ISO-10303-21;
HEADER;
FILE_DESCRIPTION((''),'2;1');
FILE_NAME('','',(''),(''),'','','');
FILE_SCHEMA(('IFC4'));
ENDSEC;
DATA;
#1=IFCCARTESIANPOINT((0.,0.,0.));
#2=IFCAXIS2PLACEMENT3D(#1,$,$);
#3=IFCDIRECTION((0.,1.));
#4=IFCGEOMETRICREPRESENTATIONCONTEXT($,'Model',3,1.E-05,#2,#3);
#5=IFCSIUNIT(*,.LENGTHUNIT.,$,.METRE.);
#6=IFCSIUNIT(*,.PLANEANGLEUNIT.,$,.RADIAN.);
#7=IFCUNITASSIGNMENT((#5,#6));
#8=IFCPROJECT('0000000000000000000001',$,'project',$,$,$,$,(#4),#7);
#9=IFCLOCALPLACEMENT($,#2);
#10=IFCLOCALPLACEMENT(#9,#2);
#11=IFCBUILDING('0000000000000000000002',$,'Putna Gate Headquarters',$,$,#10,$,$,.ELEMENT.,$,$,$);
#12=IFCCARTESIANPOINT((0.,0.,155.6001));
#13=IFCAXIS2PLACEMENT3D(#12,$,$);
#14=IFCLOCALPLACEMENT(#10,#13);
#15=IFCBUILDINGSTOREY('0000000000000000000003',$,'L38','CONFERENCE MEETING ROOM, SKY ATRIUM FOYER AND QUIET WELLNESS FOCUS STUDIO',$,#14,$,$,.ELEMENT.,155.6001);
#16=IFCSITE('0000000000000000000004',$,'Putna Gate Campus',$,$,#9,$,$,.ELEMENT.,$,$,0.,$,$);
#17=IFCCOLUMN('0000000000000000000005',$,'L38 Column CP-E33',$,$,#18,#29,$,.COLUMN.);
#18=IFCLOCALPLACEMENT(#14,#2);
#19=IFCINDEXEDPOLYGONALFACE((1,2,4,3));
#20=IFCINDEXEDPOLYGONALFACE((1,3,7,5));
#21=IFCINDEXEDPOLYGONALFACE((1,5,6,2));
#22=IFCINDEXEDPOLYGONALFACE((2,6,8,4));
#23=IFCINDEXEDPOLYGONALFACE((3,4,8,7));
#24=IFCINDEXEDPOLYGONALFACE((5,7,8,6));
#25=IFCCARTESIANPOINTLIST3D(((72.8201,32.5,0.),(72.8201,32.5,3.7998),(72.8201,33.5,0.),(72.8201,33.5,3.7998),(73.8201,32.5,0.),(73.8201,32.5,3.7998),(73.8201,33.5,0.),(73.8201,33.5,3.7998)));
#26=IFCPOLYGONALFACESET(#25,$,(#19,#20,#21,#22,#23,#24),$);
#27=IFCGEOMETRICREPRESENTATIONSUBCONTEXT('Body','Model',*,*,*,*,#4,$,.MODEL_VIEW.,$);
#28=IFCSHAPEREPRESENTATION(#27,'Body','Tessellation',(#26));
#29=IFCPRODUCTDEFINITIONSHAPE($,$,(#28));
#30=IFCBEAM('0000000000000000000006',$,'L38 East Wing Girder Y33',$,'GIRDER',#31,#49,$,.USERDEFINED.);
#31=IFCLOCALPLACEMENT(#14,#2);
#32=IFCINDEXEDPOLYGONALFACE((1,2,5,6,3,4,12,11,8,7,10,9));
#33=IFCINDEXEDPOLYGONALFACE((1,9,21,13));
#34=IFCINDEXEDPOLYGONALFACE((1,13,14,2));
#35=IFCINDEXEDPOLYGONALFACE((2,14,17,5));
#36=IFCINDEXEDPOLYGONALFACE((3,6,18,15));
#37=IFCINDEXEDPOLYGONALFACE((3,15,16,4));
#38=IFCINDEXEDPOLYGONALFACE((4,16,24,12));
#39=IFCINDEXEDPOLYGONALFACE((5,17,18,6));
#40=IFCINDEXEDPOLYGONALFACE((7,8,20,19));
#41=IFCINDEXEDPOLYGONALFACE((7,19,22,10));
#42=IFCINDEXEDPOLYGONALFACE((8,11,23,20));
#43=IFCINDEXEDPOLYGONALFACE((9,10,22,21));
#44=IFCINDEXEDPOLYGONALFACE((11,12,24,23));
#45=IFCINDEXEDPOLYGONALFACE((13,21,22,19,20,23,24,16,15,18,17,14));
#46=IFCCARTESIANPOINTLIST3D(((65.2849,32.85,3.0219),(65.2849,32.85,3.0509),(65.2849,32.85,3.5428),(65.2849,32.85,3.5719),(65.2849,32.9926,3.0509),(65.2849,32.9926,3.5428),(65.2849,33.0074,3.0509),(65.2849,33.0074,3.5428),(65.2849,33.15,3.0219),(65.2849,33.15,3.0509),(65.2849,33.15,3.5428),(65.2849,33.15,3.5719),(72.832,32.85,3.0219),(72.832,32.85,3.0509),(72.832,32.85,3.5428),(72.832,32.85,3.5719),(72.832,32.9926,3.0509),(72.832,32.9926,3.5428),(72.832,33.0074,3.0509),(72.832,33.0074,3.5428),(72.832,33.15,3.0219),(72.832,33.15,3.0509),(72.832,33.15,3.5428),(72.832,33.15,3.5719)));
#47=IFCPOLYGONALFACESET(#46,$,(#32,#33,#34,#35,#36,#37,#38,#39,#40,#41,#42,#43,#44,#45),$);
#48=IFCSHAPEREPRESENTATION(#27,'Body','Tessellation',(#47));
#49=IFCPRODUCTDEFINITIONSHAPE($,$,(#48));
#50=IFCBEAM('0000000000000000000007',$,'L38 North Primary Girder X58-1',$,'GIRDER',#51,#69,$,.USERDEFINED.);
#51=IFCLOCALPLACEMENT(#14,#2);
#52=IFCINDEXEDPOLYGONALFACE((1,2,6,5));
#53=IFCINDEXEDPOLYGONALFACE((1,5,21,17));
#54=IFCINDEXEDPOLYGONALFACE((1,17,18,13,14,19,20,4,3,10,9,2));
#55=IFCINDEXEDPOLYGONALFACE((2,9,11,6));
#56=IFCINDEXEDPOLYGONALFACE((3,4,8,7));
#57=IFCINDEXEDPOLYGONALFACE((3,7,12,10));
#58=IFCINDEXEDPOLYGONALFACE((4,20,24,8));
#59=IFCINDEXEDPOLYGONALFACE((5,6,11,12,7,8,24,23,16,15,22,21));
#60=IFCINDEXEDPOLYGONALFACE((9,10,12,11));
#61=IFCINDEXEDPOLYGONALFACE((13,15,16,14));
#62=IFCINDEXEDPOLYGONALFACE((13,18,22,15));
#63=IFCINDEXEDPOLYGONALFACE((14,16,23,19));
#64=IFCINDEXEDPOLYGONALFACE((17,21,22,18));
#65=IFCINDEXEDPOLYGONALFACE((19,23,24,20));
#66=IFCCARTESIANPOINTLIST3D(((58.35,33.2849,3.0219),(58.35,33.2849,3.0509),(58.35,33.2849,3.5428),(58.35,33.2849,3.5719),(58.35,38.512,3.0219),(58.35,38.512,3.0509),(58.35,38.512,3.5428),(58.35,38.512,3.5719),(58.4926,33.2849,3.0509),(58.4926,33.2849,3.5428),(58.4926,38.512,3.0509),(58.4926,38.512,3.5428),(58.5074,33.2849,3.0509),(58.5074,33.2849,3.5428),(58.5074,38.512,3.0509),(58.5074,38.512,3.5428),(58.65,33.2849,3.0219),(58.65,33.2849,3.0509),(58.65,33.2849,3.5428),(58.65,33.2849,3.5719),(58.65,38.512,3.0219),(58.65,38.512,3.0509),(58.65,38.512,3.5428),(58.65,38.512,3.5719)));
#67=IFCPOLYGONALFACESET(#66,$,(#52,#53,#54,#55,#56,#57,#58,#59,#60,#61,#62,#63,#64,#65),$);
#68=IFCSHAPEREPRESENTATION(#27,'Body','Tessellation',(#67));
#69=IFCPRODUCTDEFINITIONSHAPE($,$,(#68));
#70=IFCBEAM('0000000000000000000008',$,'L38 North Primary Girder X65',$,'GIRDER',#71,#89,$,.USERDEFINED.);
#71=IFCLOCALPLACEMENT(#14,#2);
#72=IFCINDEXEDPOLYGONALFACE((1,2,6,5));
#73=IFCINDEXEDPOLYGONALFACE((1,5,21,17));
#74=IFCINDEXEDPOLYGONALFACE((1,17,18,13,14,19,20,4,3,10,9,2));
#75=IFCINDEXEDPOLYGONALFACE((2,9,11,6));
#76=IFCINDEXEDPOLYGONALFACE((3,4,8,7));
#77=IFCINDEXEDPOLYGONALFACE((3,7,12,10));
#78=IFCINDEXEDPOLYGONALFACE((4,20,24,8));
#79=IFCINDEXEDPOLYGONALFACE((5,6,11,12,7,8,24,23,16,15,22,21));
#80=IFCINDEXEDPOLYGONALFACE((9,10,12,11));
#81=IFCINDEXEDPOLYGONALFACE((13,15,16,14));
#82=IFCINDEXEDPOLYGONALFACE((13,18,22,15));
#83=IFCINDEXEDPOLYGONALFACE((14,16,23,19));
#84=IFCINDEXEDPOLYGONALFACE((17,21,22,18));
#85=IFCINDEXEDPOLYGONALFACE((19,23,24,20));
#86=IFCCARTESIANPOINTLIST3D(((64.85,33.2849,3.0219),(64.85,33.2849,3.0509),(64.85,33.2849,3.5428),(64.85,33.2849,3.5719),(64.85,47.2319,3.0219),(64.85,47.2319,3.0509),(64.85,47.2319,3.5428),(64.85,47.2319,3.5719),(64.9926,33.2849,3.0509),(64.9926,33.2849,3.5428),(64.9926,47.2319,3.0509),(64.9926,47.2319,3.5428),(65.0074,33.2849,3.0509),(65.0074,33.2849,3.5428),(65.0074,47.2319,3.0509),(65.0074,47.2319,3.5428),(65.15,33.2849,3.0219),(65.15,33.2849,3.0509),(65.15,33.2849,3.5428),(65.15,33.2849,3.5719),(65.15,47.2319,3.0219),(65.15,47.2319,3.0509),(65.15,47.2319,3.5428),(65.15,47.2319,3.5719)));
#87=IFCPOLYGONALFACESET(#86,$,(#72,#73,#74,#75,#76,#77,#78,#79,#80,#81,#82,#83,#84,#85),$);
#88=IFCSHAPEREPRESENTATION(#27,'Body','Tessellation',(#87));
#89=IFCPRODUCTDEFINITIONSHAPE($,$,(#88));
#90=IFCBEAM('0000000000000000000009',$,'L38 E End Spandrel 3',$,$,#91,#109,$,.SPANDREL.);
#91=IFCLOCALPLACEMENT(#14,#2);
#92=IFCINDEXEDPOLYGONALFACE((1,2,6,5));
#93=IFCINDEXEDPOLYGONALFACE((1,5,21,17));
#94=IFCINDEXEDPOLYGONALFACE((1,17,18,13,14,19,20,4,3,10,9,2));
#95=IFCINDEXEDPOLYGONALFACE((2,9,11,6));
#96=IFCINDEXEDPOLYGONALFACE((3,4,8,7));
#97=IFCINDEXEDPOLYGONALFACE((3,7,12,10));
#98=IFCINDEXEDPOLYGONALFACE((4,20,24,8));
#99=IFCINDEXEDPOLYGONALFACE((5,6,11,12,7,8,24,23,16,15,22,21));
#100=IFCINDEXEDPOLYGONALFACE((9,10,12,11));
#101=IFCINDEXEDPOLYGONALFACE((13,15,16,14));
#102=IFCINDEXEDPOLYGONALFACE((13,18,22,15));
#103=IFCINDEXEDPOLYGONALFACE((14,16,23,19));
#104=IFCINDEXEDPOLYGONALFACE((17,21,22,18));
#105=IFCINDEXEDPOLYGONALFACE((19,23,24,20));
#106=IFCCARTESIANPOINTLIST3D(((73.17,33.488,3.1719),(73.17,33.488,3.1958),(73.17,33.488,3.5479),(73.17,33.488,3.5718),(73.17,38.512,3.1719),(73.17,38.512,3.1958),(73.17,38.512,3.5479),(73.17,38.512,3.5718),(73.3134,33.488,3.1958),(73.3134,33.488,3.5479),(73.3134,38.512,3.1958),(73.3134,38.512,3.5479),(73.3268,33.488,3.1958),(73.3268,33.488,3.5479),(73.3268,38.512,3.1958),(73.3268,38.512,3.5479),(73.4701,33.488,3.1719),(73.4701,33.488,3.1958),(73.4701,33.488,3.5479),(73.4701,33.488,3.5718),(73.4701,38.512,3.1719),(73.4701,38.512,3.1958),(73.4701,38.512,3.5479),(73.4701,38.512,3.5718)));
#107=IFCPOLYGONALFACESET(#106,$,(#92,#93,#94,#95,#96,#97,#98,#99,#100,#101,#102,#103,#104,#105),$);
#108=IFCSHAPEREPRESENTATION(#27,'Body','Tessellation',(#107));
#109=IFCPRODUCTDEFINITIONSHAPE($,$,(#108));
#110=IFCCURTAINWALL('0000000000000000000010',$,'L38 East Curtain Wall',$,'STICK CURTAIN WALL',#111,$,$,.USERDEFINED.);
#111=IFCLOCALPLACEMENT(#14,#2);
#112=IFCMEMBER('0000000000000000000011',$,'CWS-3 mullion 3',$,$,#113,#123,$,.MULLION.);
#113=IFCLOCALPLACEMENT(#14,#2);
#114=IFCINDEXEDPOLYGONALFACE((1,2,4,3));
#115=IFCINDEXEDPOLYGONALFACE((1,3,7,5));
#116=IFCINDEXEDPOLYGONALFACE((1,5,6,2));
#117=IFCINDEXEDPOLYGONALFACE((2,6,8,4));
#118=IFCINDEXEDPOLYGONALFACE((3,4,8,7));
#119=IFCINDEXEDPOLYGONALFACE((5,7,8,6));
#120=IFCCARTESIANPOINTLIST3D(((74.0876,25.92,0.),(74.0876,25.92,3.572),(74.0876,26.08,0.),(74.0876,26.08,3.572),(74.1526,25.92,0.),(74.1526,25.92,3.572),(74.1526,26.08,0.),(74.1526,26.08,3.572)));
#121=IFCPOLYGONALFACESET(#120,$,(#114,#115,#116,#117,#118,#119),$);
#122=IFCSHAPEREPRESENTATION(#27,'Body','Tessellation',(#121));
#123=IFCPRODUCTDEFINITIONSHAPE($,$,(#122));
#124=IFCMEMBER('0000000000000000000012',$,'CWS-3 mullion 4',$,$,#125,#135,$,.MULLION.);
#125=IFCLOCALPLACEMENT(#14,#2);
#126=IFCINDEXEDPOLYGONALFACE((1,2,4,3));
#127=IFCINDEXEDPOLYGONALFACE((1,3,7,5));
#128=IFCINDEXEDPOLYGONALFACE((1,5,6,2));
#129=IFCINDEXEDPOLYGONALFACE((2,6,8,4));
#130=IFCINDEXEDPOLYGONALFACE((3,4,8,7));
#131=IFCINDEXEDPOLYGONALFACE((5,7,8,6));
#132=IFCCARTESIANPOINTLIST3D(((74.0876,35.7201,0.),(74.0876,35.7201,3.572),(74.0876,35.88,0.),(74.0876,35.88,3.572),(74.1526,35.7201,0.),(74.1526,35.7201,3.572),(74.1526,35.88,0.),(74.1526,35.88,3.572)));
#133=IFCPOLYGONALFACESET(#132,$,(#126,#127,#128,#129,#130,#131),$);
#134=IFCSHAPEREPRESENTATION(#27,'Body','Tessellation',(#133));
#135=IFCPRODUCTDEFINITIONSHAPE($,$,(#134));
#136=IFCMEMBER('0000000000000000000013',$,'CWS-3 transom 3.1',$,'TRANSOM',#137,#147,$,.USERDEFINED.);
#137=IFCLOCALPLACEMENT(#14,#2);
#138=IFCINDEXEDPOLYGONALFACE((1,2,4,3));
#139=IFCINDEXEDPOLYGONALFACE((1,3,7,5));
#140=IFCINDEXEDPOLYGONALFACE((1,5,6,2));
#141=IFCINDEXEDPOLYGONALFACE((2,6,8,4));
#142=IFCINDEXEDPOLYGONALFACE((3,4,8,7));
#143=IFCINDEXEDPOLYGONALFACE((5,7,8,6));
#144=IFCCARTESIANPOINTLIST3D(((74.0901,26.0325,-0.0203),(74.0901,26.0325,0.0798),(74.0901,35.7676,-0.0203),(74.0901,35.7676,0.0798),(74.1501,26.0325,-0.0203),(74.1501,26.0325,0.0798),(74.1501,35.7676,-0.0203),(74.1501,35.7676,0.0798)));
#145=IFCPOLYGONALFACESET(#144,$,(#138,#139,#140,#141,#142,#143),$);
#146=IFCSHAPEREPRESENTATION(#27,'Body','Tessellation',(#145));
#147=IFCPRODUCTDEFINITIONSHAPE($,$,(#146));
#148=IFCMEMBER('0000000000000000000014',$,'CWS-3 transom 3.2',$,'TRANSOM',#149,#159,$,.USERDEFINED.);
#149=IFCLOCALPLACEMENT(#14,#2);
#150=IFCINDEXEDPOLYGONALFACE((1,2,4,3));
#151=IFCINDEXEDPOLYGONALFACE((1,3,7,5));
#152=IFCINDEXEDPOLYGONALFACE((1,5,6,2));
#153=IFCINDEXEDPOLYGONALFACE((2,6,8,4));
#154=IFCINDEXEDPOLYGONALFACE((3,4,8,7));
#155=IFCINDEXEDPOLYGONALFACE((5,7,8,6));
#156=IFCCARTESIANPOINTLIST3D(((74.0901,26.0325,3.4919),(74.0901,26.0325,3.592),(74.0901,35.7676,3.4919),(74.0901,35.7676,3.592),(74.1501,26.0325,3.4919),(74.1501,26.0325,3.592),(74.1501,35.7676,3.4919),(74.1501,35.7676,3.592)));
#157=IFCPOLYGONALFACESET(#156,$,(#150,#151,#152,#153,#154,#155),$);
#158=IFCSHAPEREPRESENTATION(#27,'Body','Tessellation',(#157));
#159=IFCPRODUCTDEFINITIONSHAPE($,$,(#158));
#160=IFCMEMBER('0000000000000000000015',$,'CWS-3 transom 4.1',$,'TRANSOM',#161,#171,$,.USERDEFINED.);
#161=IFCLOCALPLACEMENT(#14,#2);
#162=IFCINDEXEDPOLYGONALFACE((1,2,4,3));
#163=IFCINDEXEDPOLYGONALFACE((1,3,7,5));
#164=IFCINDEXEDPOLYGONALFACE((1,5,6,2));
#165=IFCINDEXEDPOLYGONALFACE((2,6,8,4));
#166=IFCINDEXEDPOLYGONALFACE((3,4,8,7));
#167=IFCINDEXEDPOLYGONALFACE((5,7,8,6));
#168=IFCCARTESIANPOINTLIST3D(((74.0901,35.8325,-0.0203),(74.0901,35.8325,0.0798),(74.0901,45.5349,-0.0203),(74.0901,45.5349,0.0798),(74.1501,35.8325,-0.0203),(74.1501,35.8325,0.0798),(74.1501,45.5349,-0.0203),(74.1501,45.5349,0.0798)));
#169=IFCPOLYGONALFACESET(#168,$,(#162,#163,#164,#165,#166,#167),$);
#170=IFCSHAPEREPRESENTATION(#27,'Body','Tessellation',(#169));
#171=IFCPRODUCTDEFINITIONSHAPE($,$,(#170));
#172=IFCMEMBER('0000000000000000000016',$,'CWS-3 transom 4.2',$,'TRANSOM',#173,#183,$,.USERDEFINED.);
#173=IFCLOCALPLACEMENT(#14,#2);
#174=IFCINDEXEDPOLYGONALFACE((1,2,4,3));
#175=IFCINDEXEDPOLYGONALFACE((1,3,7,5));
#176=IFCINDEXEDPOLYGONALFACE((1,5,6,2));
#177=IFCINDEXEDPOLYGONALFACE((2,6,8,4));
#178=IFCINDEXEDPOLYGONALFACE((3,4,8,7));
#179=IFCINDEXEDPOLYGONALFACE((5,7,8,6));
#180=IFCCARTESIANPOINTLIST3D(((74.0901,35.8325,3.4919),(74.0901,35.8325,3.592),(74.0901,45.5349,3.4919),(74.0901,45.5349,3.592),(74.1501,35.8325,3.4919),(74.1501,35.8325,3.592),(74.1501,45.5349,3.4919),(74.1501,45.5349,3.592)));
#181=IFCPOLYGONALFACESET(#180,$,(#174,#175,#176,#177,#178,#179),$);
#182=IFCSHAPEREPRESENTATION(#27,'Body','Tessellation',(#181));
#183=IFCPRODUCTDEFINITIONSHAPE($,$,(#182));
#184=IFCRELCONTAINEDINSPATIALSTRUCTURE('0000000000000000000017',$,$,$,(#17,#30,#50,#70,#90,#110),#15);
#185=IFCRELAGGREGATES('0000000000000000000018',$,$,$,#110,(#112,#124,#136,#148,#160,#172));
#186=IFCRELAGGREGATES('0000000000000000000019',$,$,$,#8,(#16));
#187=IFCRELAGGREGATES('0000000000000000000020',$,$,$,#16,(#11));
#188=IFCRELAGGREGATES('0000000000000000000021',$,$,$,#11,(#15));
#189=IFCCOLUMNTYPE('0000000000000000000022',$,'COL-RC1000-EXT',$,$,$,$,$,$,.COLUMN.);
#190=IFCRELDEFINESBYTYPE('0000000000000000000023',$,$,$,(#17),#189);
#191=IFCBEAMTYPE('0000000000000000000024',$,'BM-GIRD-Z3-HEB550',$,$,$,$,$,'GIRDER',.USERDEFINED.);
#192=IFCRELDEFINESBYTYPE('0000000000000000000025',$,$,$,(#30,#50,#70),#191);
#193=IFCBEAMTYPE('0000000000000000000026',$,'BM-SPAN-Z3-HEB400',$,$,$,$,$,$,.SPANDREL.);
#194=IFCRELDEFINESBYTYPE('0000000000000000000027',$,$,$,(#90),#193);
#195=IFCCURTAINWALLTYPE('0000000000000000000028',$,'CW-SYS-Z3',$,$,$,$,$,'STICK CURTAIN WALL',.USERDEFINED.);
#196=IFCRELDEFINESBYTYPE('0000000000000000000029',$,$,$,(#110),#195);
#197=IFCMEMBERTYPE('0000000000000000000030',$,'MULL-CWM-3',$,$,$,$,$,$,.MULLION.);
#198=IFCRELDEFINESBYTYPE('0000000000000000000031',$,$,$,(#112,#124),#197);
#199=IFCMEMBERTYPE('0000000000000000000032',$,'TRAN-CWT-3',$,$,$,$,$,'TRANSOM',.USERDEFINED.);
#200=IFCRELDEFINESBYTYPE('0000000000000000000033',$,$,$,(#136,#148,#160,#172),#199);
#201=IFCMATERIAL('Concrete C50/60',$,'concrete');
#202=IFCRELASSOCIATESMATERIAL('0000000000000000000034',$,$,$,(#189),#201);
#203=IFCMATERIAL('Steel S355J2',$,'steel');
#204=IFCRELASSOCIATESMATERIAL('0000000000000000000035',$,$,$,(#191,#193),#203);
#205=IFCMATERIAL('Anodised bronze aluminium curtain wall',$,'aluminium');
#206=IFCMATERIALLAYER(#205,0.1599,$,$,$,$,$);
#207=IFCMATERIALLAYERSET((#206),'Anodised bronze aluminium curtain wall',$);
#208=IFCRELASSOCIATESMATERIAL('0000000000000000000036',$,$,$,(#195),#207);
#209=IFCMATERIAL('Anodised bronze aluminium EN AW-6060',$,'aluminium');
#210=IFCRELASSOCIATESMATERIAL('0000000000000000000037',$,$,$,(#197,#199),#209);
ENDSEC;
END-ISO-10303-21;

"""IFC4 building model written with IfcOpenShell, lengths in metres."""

from ifc_helpers import new_model, si_unit, direction, frame, origin, origin_2d, place, context, subcontext, project, spatial, rectangle, i_section, extrude, material, layer, layer_set, material_profile, profile_set, type_object, element, aggregate, save


model = new_model("IFC4")

# Units and contexts
model_context = context("Model", 3, precision=1e-05, world=origin(), true_north=direction((0.0, 1.0)))
body_context = subcontext(model_context, "Body", "Model", "MODEL_VIEW")
ifc_project = project(units=[si_unit("LENGTHUNIT", "METRE"), si_unit("PLANEANGLEUNIT", "RADIAN")], contexts=[model_context])

# Site, building, storey
site_placement = place(None, origin())
site = spatial("IfcSite", under=ifc_project, at=site_placement, Name="Putna Gate Campus", CompositionType="ELEMENT", RefElevation=0.0)
building_placement = place(site_placement, origin())
building = spatial("IfcBuilding", under=site, at=building_placement, Name="Putna Gate Headquarters", CompositionType="ELEMENT")
storey_placement = place(building_placement, frame((0.0, 0.0, 155.6001)))
storey = spatial("IfcBuildingStorey", under=building, at=storey_placement, Name="L38", Description="CONFERENCE MEETING ROOM, SKY ATRIUM FOYER AND QUIET WELLNESS FOCUS STUDIO", CompositionType="ELEMENT", Elevation=155.6001)

# Column
ifc_material_1 = material(Name="Concrete C50/60", Category="concrete")
ifc_material_profile_1 = material_profile(ifc_material_1, rectangle(XDim=1.0, YDim=1.0, at=origin_2d()), Name="Concrete C50/60")
ifc_profile_set_1 = profile_set([ifc_material_profile_1], Name="Concrete C50/60")
column_type = type_object("IfcColumnType", Name="COL-RC1000-EXT", PredefinedType="COLUMN", material=ifc_profile_set_1)
column_placement = place(storey_placement, frame((73.3201, 33.0, 0.0), z_axis=(0.0, 0.0, 1.0), x_axis=(1.0, 0.0, 0.0)))
element("IfcColumn", 1, at=column_placement, inside=storey, type_object=column_type, Name="L38 Column CP-E33", PredefinedType="COLUMN", context=body_context, shape_type="SweptSolid", body=[
    extrude(rectangle(XDim=1.0, YDim=1.0, at=origin_2d()), origin(), (0.0, 0.0, 1.0), 3.7998),
])

# Beams
ifc_material_2 = material(Name="Steel S355J2", Category="steel")
ifc_material_profile_2 = material_profile(ifc_material_2, i_section(OverallWidth=0.3, OverallDepth=0.55, WebThickness=0.0149, FlangeThickness=0.0291, at=origin_2d()), Name="Steel S355J2")
ifc_profile_set_2 = profile_set([ifc_material_profile_2], Name="Steel S355J2")
beam_type_1 = type_object("IfcBeamType", Name="BM-GIRD-Z3-HEB550", ElementType="GIRDER", PredefinedType="USERDEFINED", material=ifc_profile_set_2)
beam_1_placement = place(storey_placement, frame((65.2849, 33.0, 3.2969), z_axis=(1.0, 0.0, 0.0), x_axis=(0.0, 1.0, 0.0)))
element("IfcBeam", 2, at=beam_1_placement, inside=storey, type_object=beam_type_1, Name="L38 East Wing Girder Y33", ObjectType="GIRDER", PredefinedType="USERDEFINED", context=body_context, shape_type="SweptSolid", body=[
    extrude(i_section(OverallWidth=0.3, OverallDepth=0.55, WebThickness=0.0149, FlangeThickness=0.0291, at=origin_2d()), origin(), (0.0, 0.0, 1.0), 7.5471),
])
beam_2_placement = place(storey_placement, frame((58.5, 33.2849, 3.2969), z_axis=(0.0, 1.0, 0.0), x_axis=(-1.0, 0.0, 0.0)))
element("IfcBeam", 3, at=beam_2_placement, inside=storey, type_object=beam_type_1, Name="L38 North Primary Girder X58-1", ObjectType="GIRDER", PredefinedType="USERDEFINED", context=body_context, shape_type="SweptSolid", body=[
    extrude(i_section(OverallWidth=0.3, OverallDepth=0.55, WebThickness=0.0149, FlangeThickness=0.0291, at=origin_2d()), origin(), (0.0, 0.0, 1.0), 5.2271),
])
beam_3_placement = place(storey_placement, frame((65.0, 33.2849, 3.2969), z_axis=(0.0, 1.0, 0.0), x_axis=(-1.0, 0.0, 0.0)))
element("IfcBeam", 4, at=beam_3_placement, inside=storey, type_object=beam_type_1, Name="L38 North Primary Girder X65", ObjectType="GIRDER", PredefinedType="USERDEFINED", context=body_context, shape_type="SweptSolid", body=[
    extrude(i_section(OverallWidth=0.3, OverallDepth=0.55, WebThickness=0.0149, FlangeThickness=0.0291, at=origin_2d()), origin(), (0.0, 0.0, 1.0), 13.947),
])
ifc_material_profile_3 = material_profile(ifc_material_2, i_section(OverallWidth=0.3, OverallDepth=0.3999, WebThickness=0.0134, FlangeThickness=0.0239, at=origin_2d()), Name="Steel S355J2")
ifc_profile_set_3 = profile_set([ifc_material_profile_3], Name="Steel S355J2")
beam_type_2 = type_object("IfcBeamType", Name="BM-SPAN-Z3-HEB400", PredefinedType="SPANDREL", material=ifc_profile_set_3)
beam_4_placement = place(storey_placement, frame((73.3201, 33.488, 3.3718), z_axis=(0.0, 1.0, 0.0), x_axis=(-1.0, 0.0, 0.0)))
element("IfcBeam", 5, at=beam_4_placement, inside=storey, type_object=beam_type_2, Name="L38 E End Spandrel 3", PredefinedType="SPANDREL", context=body_context, shape_type="SweptSolid", body=[
    extrude(i_section(OverallWidth=0.3, OverallDepth=0.3999, WebThickness=0.0134, FlangeThickness=0.0239, at=origin_2d()), origin(), (0.0, 0.0, 1.0), 5.0239),
])

# Curtain wall, members
ifc_material_3 = material(Name="Anodised bronze aluminium curtain wall", Category="aluminium")
ifc_layer_1 = layer(ifc_material_3, 0.1599)
ifc_layer_set_1 = layer_set([ifc_layer_1], Name="Anodised bronze aluminium curtain wall")
curtain_wall_type = type_object("IfcCurtainWallType", Name="CW-SYS-Z3", ElementType="STICK CURTAIN WALL", PredefinedType="USERDEFINED", material=ifc_layer_set_1)
curtain_wall_placement = place(storey_placement, origin())
curtain_wall = element("IfcCurtainWall", 6, at=curtain_wall_placement, inside=storey, type_object=curtain_wall_type, Name="L38 East Curtain Wall", ObjectType="STICK CURTAIN WALL", PredefinedType="USERDEFINED")
ifc_material_4 = material(Name="Anodised bronze aluminium EN AW-6060", Category="aluminium")
ifc_material_profile_4 = material_profile(ifc_material_4, rectangle(XDim=0.0649, YDim=0.1599, at=origin_2d()), Name="Anodised bronze aluminium EN AW-6060")
ifc_profile_set_4 = profile_set([ifc_material_profile_4], Name="Anodised bronze aluminium EN AW-6060")
member_type_1 = type_object("IfcMemberType", Name="MULL-CWM-3", PredefinedType="MULLION", material=ifc_profile_set_4)
member_1_placement = place(storey_placement, frame((74.1201, 26.0, 0.0), z_axis=(0.0, 0.0, 1.0), x_axis=(-1.0, 0.0, 0.0)))
member_1 = element("IfcMember", 7, at=member_1_placement, type_object=member_type_1, Name="CWS-3 mullion 3", PredefinedType="MULLION", context=body_context, shape_type="SweptSolid", body=[
    extrude(rectangle(XDim=0.0649, YDim=0.1599, at=origin_2d()), origin(), (0.0, 0.0, 1.0), 3.572),
])
member_2_placement = place(storey_placement, frame((74.1201, 35.8, 0.0), z_axis=(0.0, 0.0, 1.0), x_axis=(-1.0, 0.0, 0.0)))
member_2 = element("IfcMember", 8, at=member_2_placement, type_object=member_type_1, Name="CWS-3 mullion 4", PredefinedType="MULLION", context=body_context, shape_type="SweptSolid", body=[
    extrude(rectangle(XDim=0.0649, YDim=0.1599, at=origin_2d()), origin(), (0.0, 0.0, 1.0), 3.572),
])
ifc_material_profile_5 = material_profile(ifc_material_4, rectangle(XDim=0.0601, YDim=0.1001, at=origin_2d()), Name="Anodised bronze aluminium EN AW-6060")
ifc_profile_set_5 = profile_set([ifc_material_profile_5], Name="Anodised bronze aluminium EN AW-6060")
member_type_2 = type_object("IfcMemberType", Name="TRAN-CWT-3", ElementType="TRANSOM", PredefinedType="USERDEFINED", material=ifc_profile_set_5)
member_3_placement = place(storey_placement, frame((74.1201, 26.0325, 0.0298), z_axis=(0.0, 1.0, 0.0), x_axis=(-1.0, 0.0, 0.0)))
member_3 = element("IfcMember", 9, at=member_3_placement, type_object=member_type_2, Name="CWS-3 transom 3.1", ObjectType="TRANSOM", PredefinedType="USERDEFINED", context=body_context, shape_type="SweptSolid", body=[
    extrude(rectangle(XDim=0.0601, YDim=0.1001, at=origin_2d()), origin(), (0.0, 0.0, 1.0), 9.7351),
])
member_4_placement = place(storey_placement, frame((74.1201, 26.0325, 3.542), z_axis=(0.0, 1.0, 0.0), x_axis=(-1.0, 0.0, 0.0)))
member_4 = element("IfcMember", 10, at=member_4_placement, type_object=member_type_2, Name="CWS-3 transom 3.2", ObjectType="TRANSOM", PredefinedType="USERDEFINED", context=body_context, shape_type="SweptSolid", body=[
    extrude(rectangle(XDim=0.0601, YDim=0.1001, at=origin_2d()), origin(), (0.0, 0.0, 1.0), 9.7351),
])
member_5_placement = place(storey_placement, frame((74.1201, 35.8325, 0.0298), z_axis=(0.0, 1.0, 0.0), x_axis=(-1.0, 0.0, 0.0)))
member_5 = element("IfcMember", 11, at=member_5_placement, type_object=member_type_2, Name="CWS-3 transom 4.1", ObjectType="TRANSOM", PredefinedType="USERDEFINED", context=body_context, shape_type="SweptSolid", body=[
    extrude(rectangle(XDim=0.0601, YDim=0.1001, at=origin_2d()), origin(), (0.0, 0.0, 1.0), 9.7024),
])
member_6_placement = place(storey_placement, frame((74.1201, 35.8325, 3.542), z_axis=(0.0, 1.0, 0.0), x_axis=(-1.0, 0.0, 0.0)))
member_6 = element("IfcMember", 12, at=member_6_placement, type_object=member_type_2, Name="CWS-3 transom 4.2", ObjectType="TRANSOM", PredefinedType="USERDEFINED", context=body_context, shape_type="SweptSolid", body=[
    extrude(rectangle(XDim=0.0601, YDim=0.1001, at=origin_2d()), origin(), (0.0, 0.0, 1.0), 9.7024),
])
aggregate(curtain_wall, [member_1, member_2, member_3, member_4, member_5, member_6])

save(model, "model.ifc")
